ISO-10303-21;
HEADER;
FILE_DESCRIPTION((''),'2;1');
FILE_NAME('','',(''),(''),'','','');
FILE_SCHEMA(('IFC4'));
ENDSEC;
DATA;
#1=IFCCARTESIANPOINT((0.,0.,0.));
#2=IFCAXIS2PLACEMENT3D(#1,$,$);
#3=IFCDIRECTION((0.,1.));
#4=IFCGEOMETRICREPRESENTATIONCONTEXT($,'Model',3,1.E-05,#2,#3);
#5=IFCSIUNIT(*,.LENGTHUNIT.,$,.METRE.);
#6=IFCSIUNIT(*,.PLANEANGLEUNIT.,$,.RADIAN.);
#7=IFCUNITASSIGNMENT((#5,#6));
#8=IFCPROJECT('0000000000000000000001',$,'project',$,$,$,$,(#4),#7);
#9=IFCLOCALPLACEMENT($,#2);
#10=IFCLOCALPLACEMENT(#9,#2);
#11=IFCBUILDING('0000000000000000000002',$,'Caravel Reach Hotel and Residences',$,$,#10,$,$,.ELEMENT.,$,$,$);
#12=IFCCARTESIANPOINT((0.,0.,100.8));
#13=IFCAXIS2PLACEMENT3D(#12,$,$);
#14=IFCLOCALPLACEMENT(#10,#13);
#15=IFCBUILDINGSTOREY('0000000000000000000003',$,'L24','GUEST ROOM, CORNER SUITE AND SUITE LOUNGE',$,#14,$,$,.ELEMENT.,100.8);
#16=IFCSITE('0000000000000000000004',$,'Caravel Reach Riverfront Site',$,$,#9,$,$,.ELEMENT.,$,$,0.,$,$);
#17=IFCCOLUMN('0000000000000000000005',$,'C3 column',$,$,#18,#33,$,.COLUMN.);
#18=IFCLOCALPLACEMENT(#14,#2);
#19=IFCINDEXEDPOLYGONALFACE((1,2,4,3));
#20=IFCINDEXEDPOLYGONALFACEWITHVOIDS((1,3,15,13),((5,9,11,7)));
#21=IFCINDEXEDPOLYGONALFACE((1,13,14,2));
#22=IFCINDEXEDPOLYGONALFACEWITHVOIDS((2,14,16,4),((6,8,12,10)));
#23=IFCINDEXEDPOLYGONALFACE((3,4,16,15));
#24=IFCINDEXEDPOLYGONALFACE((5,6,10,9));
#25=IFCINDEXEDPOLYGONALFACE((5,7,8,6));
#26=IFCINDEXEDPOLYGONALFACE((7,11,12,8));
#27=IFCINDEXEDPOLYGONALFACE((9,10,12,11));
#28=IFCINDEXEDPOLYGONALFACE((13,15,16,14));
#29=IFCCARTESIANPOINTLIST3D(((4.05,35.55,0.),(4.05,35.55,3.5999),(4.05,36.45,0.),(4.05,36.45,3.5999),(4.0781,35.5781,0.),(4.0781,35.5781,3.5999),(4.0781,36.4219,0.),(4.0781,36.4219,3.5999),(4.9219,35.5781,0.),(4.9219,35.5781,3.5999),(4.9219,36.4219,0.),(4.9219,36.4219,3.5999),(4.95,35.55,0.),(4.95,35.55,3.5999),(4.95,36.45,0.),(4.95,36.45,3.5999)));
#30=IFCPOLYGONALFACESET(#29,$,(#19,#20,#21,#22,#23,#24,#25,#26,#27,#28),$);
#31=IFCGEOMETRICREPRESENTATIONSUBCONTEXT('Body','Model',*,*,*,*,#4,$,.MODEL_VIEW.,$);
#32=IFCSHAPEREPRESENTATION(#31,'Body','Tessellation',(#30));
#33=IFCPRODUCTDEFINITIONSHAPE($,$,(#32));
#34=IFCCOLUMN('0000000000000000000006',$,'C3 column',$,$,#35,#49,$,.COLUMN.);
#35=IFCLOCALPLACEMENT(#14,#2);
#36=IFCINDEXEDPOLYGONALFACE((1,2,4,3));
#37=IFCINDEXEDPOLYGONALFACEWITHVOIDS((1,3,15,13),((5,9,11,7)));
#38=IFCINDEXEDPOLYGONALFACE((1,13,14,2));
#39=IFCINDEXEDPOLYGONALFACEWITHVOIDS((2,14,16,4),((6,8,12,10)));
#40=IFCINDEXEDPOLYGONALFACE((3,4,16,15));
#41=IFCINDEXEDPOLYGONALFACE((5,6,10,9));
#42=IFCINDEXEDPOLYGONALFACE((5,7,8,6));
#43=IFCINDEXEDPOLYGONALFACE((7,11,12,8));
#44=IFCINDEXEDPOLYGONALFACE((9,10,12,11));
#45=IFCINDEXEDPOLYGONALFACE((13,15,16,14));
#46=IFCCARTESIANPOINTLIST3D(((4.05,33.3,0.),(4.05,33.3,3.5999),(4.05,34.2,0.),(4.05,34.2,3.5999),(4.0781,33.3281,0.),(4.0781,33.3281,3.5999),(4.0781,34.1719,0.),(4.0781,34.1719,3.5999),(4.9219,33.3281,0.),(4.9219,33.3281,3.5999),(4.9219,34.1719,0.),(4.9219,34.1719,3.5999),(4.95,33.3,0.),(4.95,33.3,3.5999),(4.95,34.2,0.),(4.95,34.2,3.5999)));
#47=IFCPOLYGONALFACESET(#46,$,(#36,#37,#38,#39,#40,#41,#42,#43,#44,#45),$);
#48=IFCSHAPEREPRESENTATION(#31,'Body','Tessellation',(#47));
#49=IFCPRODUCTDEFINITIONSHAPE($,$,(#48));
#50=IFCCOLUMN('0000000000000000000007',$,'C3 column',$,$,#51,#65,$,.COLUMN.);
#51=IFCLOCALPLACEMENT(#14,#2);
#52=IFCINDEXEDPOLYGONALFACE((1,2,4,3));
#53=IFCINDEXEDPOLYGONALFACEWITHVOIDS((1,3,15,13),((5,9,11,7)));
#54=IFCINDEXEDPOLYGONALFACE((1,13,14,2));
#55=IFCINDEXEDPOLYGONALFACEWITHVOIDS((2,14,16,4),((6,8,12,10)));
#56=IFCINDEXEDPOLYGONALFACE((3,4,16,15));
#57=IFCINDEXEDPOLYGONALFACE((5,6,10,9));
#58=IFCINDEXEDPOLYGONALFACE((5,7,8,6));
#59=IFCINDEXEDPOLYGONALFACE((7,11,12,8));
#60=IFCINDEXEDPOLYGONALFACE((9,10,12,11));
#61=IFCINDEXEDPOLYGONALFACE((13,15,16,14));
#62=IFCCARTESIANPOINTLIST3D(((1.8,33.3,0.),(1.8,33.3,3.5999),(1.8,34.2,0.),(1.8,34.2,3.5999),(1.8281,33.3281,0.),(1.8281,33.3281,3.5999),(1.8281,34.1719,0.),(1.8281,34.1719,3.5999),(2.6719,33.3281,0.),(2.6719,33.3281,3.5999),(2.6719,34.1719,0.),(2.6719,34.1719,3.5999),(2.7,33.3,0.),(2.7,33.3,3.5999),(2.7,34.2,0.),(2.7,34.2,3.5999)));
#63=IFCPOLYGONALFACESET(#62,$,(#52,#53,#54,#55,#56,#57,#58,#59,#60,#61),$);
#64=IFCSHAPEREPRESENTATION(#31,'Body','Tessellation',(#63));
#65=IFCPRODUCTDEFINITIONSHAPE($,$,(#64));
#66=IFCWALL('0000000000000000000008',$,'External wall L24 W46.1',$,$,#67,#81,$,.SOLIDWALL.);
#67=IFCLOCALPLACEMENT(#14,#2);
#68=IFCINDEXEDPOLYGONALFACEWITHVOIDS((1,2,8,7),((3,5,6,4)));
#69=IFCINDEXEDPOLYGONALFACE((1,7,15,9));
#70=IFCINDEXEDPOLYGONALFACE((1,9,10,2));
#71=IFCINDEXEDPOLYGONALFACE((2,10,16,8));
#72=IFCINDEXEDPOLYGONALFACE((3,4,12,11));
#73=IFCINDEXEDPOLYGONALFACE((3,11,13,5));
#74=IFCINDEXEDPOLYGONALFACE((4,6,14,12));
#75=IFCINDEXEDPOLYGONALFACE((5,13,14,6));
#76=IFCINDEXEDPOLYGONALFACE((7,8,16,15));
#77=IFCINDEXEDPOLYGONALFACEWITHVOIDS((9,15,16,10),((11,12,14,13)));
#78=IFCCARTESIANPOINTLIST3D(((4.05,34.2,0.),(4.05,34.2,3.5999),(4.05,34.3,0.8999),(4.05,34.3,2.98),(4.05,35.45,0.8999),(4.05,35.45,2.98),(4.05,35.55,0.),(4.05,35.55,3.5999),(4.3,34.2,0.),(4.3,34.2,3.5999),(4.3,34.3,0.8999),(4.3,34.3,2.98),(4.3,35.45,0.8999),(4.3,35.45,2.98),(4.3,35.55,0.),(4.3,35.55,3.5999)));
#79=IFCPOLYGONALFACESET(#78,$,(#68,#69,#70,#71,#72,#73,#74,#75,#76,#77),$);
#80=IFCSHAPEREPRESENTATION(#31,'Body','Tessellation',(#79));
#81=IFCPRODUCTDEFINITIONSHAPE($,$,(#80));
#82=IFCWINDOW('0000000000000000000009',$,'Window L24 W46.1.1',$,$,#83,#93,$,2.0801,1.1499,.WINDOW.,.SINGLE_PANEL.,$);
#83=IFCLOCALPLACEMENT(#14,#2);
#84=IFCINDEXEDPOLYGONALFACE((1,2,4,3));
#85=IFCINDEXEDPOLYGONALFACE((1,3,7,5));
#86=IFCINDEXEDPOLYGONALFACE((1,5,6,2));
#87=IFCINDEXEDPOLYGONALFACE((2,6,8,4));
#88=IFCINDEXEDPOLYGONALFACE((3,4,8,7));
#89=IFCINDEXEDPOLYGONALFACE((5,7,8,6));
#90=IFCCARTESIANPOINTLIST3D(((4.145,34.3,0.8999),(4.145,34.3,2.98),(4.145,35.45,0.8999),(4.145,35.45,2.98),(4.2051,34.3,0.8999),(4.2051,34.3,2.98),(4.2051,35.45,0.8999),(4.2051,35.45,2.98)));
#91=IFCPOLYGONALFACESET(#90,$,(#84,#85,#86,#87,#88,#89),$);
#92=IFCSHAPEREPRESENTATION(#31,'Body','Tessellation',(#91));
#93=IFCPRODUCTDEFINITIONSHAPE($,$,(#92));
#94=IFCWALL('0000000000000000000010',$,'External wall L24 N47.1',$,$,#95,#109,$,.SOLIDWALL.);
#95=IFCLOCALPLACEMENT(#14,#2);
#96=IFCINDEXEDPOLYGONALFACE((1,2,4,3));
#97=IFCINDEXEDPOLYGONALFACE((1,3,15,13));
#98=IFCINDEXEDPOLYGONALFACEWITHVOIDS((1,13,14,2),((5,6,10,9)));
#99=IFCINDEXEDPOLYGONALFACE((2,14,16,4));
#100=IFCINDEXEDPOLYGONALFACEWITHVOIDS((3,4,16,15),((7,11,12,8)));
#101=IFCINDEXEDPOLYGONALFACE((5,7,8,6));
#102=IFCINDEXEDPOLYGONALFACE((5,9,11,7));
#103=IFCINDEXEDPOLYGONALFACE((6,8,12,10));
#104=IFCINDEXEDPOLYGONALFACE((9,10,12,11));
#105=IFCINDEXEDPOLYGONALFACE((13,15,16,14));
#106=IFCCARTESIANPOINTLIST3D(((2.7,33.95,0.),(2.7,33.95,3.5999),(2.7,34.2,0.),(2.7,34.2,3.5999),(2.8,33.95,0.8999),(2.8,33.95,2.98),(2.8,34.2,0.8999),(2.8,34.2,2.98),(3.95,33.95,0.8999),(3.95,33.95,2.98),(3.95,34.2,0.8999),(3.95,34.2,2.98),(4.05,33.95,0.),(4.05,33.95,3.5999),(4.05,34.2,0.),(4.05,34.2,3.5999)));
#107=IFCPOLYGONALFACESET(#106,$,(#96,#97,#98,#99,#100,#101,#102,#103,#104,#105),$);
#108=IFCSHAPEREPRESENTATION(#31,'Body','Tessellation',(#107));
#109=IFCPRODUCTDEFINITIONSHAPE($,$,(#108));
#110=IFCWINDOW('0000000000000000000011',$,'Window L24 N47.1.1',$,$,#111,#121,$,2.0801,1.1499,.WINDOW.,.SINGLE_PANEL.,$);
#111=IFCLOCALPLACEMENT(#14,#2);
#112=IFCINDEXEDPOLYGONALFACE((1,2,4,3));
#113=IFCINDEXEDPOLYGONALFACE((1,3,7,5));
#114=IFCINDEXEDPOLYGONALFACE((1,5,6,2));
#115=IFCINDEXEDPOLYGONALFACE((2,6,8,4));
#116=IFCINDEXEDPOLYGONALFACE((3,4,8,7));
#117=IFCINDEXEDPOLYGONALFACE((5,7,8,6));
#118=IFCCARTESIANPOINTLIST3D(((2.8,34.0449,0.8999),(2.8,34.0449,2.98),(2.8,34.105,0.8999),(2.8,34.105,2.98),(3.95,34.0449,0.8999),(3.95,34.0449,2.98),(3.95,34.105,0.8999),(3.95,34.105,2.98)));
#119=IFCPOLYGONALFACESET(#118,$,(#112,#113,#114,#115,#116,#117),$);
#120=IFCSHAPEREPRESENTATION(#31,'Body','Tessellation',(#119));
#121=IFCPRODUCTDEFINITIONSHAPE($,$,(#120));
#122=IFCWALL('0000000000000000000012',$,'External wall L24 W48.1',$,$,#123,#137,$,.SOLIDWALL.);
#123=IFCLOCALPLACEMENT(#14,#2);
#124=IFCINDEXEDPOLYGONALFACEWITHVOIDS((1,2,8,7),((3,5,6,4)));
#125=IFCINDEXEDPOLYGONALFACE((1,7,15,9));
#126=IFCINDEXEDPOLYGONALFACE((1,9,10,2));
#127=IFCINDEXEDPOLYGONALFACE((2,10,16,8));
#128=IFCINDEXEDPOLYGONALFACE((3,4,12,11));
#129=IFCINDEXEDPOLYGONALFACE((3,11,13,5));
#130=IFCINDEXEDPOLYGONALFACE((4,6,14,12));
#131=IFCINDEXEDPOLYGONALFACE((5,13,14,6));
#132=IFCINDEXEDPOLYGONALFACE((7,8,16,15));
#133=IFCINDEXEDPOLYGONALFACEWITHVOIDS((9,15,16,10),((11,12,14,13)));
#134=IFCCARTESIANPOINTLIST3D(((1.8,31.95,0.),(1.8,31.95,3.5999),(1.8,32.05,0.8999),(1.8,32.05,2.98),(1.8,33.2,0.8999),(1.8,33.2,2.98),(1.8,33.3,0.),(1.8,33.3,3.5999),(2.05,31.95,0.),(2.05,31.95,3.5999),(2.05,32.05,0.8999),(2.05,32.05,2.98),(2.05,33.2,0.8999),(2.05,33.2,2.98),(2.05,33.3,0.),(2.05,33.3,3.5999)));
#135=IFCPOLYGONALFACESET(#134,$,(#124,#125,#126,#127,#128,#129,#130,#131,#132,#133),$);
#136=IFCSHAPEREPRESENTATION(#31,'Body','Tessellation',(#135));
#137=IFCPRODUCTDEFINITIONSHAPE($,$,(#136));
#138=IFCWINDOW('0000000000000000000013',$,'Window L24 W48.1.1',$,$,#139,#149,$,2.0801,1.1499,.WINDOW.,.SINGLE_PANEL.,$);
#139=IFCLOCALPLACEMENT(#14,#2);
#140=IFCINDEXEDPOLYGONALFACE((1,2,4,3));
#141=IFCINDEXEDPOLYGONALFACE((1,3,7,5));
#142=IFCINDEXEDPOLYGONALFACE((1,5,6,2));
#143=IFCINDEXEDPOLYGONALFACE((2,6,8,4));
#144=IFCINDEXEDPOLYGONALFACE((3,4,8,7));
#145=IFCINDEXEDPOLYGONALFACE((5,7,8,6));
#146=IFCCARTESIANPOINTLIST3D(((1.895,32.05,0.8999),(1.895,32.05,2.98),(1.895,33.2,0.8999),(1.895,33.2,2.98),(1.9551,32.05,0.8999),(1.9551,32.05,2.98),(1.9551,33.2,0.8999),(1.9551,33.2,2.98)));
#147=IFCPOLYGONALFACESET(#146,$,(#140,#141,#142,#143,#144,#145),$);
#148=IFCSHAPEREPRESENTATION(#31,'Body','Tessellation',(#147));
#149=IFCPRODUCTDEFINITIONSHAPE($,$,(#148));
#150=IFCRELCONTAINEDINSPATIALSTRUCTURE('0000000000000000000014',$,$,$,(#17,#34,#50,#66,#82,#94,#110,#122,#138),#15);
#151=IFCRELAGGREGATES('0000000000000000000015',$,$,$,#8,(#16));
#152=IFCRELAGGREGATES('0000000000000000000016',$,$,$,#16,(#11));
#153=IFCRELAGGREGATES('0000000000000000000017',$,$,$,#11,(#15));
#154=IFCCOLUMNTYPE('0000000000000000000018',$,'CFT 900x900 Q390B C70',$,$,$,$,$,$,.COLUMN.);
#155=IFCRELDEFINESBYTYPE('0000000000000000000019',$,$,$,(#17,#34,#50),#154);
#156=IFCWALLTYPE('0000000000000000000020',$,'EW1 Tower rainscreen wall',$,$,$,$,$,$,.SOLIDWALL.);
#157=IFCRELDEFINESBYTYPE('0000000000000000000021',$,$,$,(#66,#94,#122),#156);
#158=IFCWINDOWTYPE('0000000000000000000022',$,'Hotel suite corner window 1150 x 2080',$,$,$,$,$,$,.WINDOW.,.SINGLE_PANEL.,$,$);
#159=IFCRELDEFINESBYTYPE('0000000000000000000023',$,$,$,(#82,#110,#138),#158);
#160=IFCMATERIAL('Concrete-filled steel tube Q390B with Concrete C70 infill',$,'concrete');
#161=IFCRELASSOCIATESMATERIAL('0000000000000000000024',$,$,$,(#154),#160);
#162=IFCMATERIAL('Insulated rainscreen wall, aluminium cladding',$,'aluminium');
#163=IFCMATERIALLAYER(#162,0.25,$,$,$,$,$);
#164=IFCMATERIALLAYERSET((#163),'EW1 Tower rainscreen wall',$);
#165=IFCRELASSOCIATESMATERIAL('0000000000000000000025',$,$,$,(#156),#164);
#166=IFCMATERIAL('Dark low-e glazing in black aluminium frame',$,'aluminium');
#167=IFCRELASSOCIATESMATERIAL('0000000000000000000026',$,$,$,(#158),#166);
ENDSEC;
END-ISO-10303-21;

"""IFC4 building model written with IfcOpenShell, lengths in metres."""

from ifc_helpers import new_model, si_unit, direction, frame, frame_2d, origin, origin_2d, place, context, subcontext, project, spatial, rectangle, hollow_rectangle, extrude, material, layer, layer_set, material_profile, profile_set, type_object, element, fill, save


model = new_model("IFC4")

# Units and contexts
model_context = context("Model", 3, precision=1e-05, world=origin(), true_north=direction((0.0, 1.0)))
body_context = subcontext(model_context, "Body", "Model", "MODEL_VIEW")
ifc_project = project(units=[si_unit("LENGTHUNIT", "METRE"), si_unit("PLANEANGLEUNIT", "RADIAN")], contexts=[model_context])

# Site, building, storey
site_placement = place(None, origin())
site = spatial("IfcSite", under=ifc_project, at=site_placement, Name="Caravel Reach Riverfront Site", CompositionType="ELEMENT", RefElevation=0.0)
building_placement = place(site_placement, origin())
building = spatial("IfcBuilding", under=site, at=building_placement, Name="Caravel Reach Hotel and Residences", CompositionType="ELEMENT")
storey_placement = place(building_placement, frame((0.0, 0.0, 100.8)))
storey = spatial("IfcBuildingStorey", under=building, at=storey_placement, Name="L24", Description="GUEST ROOM, CORNER SUITE AND SUITE LOUNGE", CompositionType="ELEMENT", Elevation=100.8)

# Columns
ifc_material_1 = material(Name="Concrete-filled steel tube Q390B with Concrete C70 infill", Category="concrete")
ifc_material_profile = material_profile(ifc_material_1, hollow_rectangle(XDim=0.8999, YDim=0.8999, WallThickness=0.0281, at=origin_2d()), Name="RHS 900x900x28")
ifc_profile_set = profile_set([ifc_material_profile], Name="Concrete-filled steel tube Q390B with Concrete C70 infill")
column_type = type_object("IfcColumnType", Name="CFT 900x900 Q390B C70", PredefinedType="COLUMN", material=ifc_profile_set)
for number, where, z_axis, x_axis, name in (
    (1, (4.5, 36.0, 0.0), (0.0, 0.0, 1.0), (1.0, 0.0, 0.0), "C3 column"),
    (2, (4.5, 33.75, 0.0), (0.0, 0.0, 1.0), (1.0, 0.0, 0.0), "C3 column"),
    (3, (2.25, 33.75, 0.0), (0.0, 0.0, 1.0), (1.0, 0.0, 0.0), "C3 column"),
):
    element("IfcColumn", number, at=place(storey_placement, frame(where, z_axis=z_axis, x_axis=x_axis)), inside=storey, type_object=column_type, Name=name, PredefinedType="COLUMN", context=body_context, shape_type="SweptSolid", body=[
        extrude(hollow_rectangle(XDim=0.8999, YDim=0.8999, WallThickness=0.0281, at=origin_2d()), origin(), (0.0, 0.0, 1.0), 3.5999),
    ])

# Walls, openings, windows
ifc_material_2 = material(Name="Insulated rainscreen wall, aluminium cladding", Category="aluminium")
ifc_layer = layer(ifc_material_2, 0.25)
ifc_layer_set = layer_set([ifc_layer], Name="EW1 Tower rainscreen wall")
wall_type = type_object("IfcWallType", Name="EW1 Tower rainscreen wall", PredefinedType="SOLIDWALL", material=ifc_layer_set)
wall_1_placement = place(storey_placement, frame((4.175, 35.55, 0.0), z_axis=(0.0, 0.0, 1.0), x_axis=(0.0, -1.0, 0.0)))
wall_1 = element("IfcWall", 4, at=wall_1_placement, inside=storey, type_object=wall_type, Name="External wall L24 W46.1", PredefinedType="SOLIDWALL", context=body_context, shape_type="SweptSolid", body=[
    extrude(rectangle(XDim=1.3501, YDim=0.25, at=frame_2d((0.675, 0.0))), origin(), (0.0, 0.0, 1.0), 3.5999),
])
opening_1_placement = place(wall_1_placement, frame((0.1001, 0.0, 0.8999)))
opening_1 = element("IfcOpeningElement", 5, at=opening_1_placement, cuts=wall_1, PredefinedType="OPENING", context=body_context, shape_type="SweptSolid", body=[
    extrude(rectangle(XDim=1.1499, YDim=2.0801, at=frame_2d((0.575, 1.04))), frame((0.0, 0.135, 0.0), z_axis=(0.0, -1.0, 0.0), x_axis=(1.0, 0.0, 0.0)), (0.0, 0.0, 1.0), 0.27),
])
ifc_material_3 = material(Name="Dark low-e glazing in black aluminium frame", Category="aluminium")
window_type = type_object("IfcWindowType", Name="Hotel suite corner window 1150 x 2080", PartitioningType="SINGLE_PANEL", PredefinedType="WINDOW", material=ifc_material_3)
window_1_placement = place(opening_1_placement, origin())
window_1 = element("IfcWindow", 6, at=window_1_placement, inside=storey, type_object=window_type, Name="Window L24 W46.1.1", OverallHeight=2.0801, OverallWidth=1.1499, PartitioningType="SINGLE_PANEL", PredefinedType="WINDOW", context=body_context, shape_type="SweptSolid", body=[
    extrude(rectangle(XDim=1.1499, YDim=2.0801, at=frame_2d((0.575, 1.04))), frame((0.0, 0.03, 0.0), z_axis=(0.0, -1.0, 0.0), x_axis=(1.0, 0.0, 0.0)), (0.0, 0.0, 1.0), 0.0601),
])
fill(opening_1, window_1)
wall_2_placement = place(storey_placement, frame((4.05, 34.075, 0.0), z_axis=(0.0, 0.0, 1.0), x_axis=(-1.0, 0.0, 0.0)))
wall_2 = element("IfcWall", 7, at=wall_2_placement, inside=storey, type_object=wall_type, Name="External wall L24 N47.1", PredefinedType="SOLIDWALL", context=body_context, shape_type="SweptSolid", body=[
    extrude(rectangle(XDim=1.3501, YDim=0.25, at=frame_2d((0.675, 0.0))), origin(), (0.0, 0.0, 1.0), 3.5999),
])
opening_2_placement = place(wall_2_placement, frame((0.1001, 0.0, 0.8999)))
opening_2 = element("IfcOpeningElement", 8, at=opening_2_placement, cuts=wall_2, PredefinedType="OPENING", context=body_context, shape_type="SweptSolid", body=[
    extrude(rectangle(XDim=1.1499, YDim=2.0801, at=frame_2d((0.575, 1.04))), frame((0.0, 0.135, 0.0), z_axis=(0.0, -1.0, 0.0), x_axis=(1.0, 0.0, 0.0)), (0.0, 0.0, 1.0), 0.27),
])
window_2_placement = place(opening_2_placement, origin())
window_2 = element("IfcWindow", 9, at=window_2_placement, inside=storey, type_object=window_type, Name="Window L24 N47.1.1", OverallHeight=2.0801, OverallWidth=1.1499, PartitioningType="SINGLE_PANEL", PredefinedType="WINDOW", context=body_context, shape_type="SweptSolid", body=[
    extrude(rectangle(XDim=1.1499, YDim=2.0801, at=frame_2d((0.575, 1.04))), frame((0.0, 0.03, 0.0), z_axis=(0.0, -1.0, 0.0), x_axis=(1.0, 0.0, 0.0)), (0.0, 0.0, 1.0), 0.0601),
])
fill(opening_2, window_2)
wall_3_placement = place(storey_placement, frame((1.925, 33.3, 0.0), z_axis=(0.0, 0.0, 1.0), x_axis=(0.0, -1.0, 0.0)))
wall_3 = element("IfcWall", 10, at=wall_3_placement, inside=storey, type_object=wall_type, Name="External wall L24 W48.1", PredefinedType="SOLIDWALL", context=body_context, shape_type="SweptSolid", body=[
    extrude(rectangle(XDim=1.3501, YDim=0.25, at=frame_2d((0.675, 0.0))), origin(), (0.0, 0.0, 1.0), 3.5999),
])
opening_3_placement = place(wall_3_placement, frame((0.1001, 0.0, 0.8999)))
opening_3 = element("IfcOpeningElement", 11, at=opening_3_placement, cuts=wall_3, PredefinedType="OPENING", context=body_context, shape_type="SweptSolid", body=[
    extrude(rectangle(XDim=1.1499, YDim=2.0801, at=frame_2d((0.575, 1.04))), frame((0.0, 0.135, 0.0), z_axis=(0.0, -1.0, 0.0), x_axis=(1.0, 0.0, 0.0)), (0.0, 0.0, 1.0), 0.27),
])
window_3_placement = place(opening_3_placement, origin())
window_3 = element("IfcWindow", 12, at=window_3_placement, inside=storey, type_object=window_type, Name="Window L24 W48.1.1", OverallHeight=2.0801, OverallWidth=1.1499, PartitioningType="SINGLE_PANEL", PredefinedType="WINDOW", context=body_context, shape_type="SweptSolid", body=[
    extrude(rectangle(XDim=1.1499, YDim=2.0801, at=frame_2d((0.575, 1.04))), frame((0.0, 0.03, 0.0), z_axis=(0.0, -1.0, 0.0), x_axis=(1.0, 0.0, 0.0)), (0.0, 0.0, 1.0), 0.0601),
])
fill(opening_3, window_3)

save(model, "model.ifc")
